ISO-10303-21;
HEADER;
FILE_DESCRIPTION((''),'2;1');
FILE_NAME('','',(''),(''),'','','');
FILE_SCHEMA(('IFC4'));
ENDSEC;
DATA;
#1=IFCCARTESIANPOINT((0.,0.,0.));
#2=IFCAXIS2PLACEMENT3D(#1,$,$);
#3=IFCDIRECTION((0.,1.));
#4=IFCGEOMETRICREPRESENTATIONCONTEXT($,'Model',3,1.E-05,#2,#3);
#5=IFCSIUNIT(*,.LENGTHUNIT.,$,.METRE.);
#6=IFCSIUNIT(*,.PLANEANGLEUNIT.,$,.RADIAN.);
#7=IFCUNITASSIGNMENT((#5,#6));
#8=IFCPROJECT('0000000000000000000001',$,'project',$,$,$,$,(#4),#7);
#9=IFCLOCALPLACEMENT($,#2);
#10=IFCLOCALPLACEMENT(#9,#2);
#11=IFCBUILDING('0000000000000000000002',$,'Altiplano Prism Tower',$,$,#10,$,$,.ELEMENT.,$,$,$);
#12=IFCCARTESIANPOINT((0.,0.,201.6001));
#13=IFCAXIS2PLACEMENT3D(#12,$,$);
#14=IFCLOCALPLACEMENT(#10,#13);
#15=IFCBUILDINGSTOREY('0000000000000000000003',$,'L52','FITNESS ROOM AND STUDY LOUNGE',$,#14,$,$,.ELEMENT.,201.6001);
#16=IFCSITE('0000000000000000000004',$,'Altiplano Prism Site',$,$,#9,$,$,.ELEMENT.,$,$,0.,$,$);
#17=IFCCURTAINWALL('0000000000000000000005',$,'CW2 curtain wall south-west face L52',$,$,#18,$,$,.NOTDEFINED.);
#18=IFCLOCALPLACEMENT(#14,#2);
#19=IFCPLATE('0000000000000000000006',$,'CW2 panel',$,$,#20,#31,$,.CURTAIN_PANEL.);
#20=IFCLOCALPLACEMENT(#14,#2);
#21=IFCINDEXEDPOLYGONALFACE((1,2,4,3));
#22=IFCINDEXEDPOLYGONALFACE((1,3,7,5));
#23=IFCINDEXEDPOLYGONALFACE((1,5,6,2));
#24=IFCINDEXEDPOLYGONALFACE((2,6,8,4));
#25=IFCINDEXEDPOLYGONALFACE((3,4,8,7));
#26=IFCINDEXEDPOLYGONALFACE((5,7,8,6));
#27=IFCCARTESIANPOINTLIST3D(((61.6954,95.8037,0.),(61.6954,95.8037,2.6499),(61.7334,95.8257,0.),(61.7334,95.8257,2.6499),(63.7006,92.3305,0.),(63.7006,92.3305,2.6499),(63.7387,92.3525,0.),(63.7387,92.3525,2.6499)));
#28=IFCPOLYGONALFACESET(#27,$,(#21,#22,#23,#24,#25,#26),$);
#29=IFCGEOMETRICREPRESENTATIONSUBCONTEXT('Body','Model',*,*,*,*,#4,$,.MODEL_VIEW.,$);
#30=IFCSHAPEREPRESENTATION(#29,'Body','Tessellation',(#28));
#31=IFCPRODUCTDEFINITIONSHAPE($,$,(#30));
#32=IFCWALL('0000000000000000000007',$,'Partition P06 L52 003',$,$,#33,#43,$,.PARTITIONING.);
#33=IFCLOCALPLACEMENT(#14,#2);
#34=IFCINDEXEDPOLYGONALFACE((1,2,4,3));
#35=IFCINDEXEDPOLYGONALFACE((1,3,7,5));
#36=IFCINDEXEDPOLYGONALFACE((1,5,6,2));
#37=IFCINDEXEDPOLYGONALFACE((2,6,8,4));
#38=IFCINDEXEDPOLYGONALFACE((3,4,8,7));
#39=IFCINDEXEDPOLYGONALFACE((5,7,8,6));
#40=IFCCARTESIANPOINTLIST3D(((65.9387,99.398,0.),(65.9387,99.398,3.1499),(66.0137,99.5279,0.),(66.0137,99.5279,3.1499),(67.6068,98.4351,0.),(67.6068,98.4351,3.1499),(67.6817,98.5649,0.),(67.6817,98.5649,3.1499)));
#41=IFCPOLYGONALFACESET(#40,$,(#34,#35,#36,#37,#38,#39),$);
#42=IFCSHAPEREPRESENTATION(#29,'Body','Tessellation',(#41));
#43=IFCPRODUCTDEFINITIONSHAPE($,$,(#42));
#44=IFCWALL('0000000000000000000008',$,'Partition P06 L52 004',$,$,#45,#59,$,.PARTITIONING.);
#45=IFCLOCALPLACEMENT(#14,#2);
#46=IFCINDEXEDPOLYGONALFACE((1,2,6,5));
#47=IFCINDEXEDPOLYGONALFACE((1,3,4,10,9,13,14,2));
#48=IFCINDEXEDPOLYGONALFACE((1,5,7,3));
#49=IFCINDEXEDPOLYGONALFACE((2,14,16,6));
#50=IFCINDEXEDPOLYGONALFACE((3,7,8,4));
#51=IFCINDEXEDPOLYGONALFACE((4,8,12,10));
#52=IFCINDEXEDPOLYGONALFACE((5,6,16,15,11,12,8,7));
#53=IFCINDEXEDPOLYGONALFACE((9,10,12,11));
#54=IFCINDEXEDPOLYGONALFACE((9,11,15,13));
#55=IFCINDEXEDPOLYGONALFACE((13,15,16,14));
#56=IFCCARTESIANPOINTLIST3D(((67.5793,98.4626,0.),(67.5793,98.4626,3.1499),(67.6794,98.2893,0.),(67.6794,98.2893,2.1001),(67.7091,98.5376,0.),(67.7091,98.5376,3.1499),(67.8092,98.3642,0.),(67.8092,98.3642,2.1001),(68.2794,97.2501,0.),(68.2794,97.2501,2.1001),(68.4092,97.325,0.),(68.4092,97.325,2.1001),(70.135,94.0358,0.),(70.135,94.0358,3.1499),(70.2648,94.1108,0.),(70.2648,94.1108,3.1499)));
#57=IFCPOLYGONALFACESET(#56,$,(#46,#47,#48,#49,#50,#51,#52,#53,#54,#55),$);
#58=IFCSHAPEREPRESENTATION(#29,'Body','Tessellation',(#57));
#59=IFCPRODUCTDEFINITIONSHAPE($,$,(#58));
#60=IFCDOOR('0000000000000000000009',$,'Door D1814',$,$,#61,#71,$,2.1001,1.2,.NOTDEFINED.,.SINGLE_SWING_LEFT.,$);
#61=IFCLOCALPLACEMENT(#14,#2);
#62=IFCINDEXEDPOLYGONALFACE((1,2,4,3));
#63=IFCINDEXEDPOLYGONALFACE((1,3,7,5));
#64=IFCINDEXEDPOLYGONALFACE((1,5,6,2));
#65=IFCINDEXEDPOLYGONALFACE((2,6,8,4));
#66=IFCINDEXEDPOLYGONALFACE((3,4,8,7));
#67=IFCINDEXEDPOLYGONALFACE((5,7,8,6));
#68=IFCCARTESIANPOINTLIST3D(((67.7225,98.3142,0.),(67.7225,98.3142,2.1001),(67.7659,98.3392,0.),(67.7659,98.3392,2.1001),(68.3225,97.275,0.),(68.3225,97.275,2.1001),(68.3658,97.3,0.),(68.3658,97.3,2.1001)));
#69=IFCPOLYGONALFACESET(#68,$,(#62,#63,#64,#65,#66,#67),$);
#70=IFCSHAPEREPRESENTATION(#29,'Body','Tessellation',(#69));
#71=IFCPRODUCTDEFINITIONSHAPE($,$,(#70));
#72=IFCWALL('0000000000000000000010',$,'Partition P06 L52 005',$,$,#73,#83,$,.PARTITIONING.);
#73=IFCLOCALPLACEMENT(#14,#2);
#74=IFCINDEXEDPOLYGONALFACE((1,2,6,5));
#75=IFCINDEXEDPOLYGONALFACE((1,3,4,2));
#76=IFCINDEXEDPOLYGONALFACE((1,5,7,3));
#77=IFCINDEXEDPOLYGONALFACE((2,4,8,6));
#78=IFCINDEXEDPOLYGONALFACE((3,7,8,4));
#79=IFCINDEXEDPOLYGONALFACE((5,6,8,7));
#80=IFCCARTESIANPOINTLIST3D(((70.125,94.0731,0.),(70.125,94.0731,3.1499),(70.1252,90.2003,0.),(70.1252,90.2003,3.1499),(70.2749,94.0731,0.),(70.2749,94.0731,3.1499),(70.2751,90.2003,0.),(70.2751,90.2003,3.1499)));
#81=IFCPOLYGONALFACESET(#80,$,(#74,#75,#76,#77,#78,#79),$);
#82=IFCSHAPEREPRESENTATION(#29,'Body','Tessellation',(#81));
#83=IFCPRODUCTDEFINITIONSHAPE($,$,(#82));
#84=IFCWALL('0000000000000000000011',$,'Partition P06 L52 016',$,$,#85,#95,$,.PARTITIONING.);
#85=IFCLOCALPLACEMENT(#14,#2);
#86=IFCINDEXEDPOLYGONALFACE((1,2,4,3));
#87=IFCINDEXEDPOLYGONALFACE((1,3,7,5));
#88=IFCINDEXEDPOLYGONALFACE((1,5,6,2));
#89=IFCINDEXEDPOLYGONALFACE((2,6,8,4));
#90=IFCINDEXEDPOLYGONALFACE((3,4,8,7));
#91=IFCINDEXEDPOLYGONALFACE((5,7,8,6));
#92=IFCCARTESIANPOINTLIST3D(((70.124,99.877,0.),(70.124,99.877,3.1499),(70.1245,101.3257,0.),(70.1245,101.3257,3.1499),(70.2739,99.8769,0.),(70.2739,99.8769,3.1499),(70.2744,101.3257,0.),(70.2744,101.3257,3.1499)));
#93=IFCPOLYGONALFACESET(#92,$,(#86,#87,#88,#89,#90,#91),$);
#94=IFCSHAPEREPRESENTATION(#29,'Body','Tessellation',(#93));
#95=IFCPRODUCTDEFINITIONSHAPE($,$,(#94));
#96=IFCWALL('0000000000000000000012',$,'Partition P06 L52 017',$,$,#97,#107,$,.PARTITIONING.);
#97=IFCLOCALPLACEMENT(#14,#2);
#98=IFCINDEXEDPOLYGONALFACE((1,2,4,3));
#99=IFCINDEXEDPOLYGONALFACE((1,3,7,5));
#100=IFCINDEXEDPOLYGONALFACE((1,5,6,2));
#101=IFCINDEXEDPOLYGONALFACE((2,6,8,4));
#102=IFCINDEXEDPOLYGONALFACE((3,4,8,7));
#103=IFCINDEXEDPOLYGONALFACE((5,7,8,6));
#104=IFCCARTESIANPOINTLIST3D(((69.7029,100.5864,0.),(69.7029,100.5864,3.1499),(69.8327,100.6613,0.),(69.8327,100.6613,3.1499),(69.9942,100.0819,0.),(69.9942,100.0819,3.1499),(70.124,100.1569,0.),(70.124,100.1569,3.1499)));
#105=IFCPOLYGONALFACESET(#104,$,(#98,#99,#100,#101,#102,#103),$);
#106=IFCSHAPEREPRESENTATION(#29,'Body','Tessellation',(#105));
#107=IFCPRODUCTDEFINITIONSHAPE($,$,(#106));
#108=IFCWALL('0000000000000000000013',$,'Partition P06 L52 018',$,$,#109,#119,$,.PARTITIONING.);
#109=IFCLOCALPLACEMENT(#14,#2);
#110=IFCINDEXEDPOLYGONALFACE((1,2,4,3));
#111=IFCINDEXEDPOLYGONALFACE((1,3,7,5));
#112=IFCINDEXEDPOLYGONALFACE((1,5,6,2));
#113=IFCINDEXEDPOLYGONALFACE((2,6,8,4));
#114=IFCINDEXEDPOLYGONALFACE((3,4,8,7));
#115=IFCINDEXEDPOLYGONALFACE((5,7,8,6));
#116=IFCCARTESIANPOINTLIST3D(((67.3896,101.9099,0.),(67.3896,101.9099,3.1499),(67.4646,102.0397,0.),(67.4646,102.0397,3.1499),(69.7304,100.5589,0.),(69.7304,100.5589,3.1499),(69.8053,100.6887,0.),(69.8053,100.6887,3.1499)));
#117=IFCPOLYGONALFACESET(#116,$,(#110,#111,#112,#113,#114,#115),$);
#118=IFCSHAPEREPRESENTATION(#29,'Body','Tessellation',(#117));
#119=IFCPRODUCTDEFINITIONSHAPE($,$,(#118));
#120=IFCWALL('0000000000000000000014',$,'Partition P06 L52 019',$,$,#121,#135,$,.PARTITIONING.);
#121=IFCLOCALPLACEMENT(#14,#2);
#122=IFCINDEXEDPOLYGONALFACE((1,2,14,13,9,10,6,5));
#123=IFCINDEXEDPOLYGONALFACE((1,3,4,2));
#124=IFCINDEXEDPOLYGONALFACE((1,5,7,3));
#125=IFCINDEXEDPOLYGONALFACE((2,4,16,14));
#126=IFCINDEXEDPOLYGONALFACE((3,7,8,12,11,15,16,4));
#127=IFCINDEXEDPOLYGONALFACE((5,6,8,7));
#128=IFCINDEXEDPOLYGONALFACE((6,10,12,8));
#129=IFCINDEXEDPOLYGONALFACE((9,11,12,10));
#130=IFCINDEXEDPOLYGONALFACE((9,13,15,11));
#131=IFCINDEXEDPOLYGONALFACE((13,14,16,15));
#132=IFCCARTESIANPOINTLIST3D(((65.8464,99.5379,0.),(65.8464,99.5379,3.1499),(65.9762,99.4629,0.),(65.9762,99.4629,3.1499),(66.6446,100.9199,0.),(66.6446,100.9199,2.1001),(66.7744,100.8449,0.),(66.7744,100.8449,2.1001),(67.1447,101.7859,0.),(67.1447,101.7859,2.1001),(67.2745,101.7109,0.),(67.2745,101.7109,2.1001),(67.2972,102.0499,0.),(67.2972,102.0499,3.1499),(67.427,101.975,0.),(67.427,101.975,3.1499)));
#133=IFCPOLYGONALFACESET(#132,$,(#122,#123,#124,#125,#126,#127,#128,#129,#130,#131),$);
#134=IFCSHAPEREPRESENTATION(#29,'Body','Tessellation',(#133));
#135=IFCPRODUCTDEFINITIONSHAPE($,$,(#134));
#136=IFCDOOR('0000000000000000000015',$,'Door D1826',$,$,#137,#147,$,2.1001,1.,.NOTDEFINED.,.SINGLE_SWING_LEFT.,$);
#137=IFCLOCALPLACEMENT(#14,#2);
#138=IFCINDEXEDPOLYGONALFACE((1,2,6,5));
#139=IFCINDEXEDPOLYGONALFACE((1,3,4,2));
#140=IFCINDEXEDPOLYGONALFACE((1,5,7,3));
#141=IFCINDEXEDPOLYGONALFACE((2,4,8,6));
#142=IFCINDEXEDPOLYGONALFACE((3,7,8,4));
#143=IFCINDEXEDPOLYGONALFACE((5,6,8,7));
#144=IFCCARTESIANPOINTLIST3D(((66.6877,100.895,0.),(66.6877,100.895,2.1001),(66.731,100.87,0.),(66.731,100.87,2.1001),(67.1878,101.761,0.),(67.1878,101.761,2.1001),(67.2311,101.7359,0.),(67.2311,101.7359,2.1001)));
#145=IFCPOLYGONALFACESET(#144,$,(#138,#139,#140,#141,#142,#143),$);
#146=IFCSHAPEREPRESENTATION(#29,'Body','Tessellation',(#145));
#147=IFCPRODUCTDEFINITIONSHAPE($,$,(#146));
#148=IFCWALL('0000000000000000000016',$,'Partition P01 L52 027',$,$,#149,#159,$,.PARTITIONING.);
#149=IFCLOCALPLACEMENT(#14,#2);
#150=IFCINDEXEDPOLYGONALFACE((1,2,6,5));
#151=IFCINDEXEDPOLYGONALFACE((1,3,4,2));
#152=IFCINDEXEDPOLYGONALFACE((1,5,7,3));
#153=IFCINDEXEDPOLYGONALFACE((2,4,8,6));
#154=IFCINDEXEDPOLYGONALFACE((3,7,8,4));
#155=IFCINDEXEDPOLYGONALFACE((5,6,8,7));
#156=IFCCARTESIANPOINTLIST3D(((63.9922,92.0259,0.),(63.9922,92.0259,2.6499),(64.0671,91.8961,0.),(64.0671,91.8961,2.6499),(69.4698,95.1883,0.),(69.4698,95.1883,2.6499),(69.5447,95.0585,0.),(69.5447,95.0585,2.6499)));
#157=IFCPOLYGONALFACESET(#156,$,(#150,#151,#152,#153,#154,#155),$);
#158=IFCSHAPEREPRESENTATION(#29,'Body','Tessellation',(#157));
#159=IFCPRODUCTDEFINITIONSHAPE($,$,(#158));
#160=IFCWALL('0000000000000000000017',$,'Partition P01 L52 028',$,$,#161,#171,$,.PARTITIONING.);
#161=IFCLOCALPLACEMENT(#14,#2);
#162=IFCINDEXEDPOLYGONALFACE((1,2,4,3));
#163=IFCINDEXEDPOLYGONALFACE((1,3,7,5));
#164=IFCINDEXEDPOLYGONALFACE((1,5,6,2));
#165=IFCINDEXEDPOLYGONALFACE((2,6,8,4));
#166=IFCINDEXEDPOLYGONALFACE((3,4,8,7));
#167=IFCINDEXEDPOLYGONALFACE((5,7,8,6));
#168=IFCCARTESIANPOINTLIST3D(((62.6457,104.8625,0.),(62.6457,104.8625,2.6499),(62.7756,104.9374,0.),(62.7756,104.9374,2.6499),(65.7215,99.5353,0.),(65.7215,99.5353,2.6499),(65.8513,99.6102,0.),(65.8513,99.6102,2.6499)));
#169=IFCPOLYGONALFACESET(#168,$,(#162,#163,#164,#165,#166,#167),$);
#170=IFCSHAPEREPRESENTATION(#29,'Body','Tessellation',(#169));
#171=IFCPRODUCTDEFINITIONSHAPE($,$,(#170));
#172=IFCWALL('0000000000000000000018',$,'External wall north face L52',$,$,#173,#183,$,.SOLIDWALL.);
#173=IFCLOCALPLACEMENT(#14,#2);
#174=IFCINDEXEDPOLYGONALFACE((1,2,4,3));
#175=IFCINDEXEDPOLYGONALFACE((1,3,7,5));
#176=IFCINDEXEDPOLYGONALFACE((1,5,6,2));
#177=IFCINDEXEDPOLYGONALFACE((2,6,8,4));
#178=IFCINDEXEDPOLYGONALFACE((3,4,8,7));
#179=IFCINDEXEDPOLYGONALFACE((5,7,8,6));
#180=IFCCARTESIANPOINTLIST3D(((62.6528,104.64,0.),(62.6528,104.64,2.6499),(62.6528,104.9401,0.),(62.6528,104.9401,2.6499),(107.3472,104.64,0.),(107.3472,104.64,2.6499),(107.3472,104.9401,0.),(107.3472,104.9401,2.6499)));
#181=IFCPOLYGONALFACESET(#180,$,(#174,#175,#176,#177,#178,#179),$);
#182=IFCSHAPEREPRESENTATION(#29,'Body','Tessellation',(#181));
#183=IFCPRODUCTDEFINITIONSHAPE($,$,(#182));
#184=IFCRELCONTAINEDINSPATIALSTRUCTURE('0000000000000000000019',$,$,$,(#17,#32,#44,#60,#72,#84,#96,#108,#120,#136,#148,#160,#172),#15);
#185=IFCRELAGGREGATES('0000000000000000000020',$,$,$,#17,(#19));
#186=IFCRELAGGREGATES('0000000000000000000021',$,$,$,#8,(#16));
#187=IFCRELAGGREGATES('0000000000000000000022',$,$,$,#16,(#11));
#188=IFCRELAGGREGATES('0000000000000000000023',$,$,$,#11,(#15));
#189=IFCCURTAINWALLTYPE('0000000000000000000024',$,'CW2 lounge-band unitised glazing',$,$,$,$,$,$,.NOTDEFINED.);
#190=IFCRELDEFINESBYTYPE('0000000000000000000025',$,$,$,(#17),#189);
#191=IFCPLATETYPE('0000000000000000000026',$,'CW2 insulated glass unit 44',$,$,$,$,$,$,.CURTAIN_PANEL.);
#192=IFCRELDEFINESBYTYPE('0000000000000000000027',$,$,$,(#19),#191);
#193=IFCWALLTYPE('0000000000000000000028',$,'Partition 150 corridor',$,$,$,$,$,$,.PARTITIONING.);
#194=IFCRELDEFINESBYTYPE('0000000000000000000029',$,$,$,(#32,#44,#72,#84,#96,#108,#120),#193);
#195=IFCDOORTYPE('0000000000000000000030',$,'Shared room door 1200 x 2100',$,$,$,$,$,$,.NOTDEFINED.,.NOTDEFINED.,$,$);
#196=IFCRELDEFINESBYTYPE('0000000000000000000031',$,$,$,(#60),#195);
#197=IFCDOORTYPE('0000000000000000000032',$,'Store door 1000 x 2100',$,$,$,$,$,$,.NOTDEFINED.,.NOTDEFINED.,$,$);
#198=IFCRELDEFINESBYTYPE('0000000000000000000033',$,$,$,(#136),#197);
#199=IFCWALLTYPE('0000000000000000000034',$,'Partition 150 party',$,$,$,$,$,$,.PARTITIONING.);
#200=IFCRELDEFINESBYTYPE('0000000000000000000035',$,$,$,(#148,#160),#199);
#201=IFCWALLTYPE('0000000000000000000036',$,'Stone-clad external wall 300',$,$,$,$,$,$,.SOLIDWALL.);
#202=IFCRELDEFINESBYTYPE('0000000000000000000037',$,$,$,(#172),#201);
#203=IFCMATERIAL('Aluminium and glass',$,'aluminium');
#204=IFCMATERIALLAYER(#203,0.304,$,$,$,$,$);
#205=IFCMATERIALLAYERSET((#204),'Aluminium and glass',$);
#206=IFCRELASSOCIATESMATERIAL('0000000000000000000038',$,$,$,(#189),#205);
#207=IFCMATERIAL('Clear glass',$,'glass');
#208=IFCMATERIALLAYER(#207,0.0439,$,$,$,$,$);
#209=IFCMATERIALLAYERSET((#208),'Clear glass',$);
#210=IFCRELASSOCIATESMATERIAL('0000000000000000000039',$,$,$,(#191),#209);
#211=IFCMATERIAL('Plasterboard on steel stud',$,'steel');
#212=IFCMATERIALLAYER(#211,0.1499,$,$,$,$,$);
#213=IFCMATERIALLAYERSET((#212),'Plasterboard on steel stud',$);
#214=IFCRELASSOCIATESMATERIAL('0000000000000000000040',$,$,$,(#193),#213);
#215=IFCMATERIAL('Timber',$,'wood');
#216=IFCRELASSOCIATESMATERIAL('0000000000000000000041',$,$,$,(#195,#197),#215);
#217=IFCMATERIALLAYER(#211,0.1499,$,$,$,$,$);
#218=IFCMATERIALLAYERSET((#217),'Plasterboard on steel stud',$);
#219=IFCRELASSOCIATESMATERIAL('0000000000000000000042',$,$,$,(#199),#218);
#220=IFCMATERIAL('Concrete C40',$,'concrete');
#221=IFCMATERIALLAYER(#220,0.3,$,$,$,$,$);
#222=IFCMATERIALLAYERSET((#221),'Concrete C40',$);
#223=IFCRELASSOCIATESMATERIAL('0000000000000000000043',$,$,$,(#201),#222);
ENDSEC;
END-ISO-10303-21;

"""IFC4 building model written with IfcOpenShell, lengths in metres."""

from ifc_helpers import new_model, si_unit, direction, frame, frame_2d, origin, origin_2d, place, context, subcontext, project, spatial, rectangle, extrude, material, layer, layer_set, type_object, element, fill, aggregate, save


model = new_model("IFC4")

# Units and contexts
model_context = context("Model", 3, precision=1e-05, world=origin(), true_north=direction((0.0, 1.0)))
body_context = subcontext(model_context, "Body", "Model", "MODEL_VIEW")
ifc_project = project(units=[si_unit("LENGTHUNIT", "METRE"), si_unit("PLANEANGLEUNIT", "RADIAN")], contexts=[model_context])

# Site, building, storey
site_placement = place(None, origin())
site = spatial("IfcSite", under=ifc_project, at=site_placement, Name="Altiplano Prism Site", CompositionType="ELEMENT", RefElevation=0.0)
building_placement = place(site_placement, origin())
building = spatial("IfcBuilding", under=site, at=building_placement, Name="Altiplano Prism Tower", CompositionType="ELEMENT")
storey_placement = place(building_placement, frame((0.0, 0.0, 201.6001)))
storey = spatial("IfcBuildingStorey", under=building, at=storey_placement, Name="L52", Description="FITNESS ROOM AND STUDY LOUNGE", CompositionType="ELEMENT", Elevation=201.6001)

# Curtain wall
ifc_material_1 = material(Name="Aluminium and glass", Category="aluminium")
ifc_layer_1 = layer(ifc_material_1, 0.304)
ifc_layer_set_1 = layer_set([ifc_layer_1], Name="Aluminium and glass")
curtain_wall_type = type_object("IfcCurtainWallType", Name="CW2 lounge-band unitised glazing", PredefinedType="NOTDEFINED", material=ifc_layer_set_1)
curtain_wall_1_placement = place(storey_placement, origin())
curtain_wall_1 = element("IfcCurtainWall", 1, at=curtain_wall_1_placement, inside=storey, type_object=curtain_wall_type, Name="CW2 curtain wall south-west face L52", PredefinedType="NOTDEFINED")

# Plate
ifc_material_2 = material(Name="Clear glass", Category="glass")
ifc_layer_2 = layer(ifc_material_2, 0.0439)
ifc_layer_set_2 = layer_set([ifc_layer_2], Name="Clear glass")
plate_type = type_object("IfcPlateType", Name="CW2 insulated glass unit 44", PredefinedType="CURTAIN_PANEL", material=ifc_layer_set_2)
plate_1_placement = place(storey_placement, frame((62.717, 94.0781, 0.0), z_axis=(0.0, 0.0, 1.0), x_axis=(0.5, -0.866025, 0.0)))
plate_1 = element("IfcPlate", 2, at=plate_1_placement, type_object=plate_type, Name="CW2 panel", PredefinedType="CURTAIN_PANEL", context=body_context, shape_type="SweptSolid", body=[
    extrude(rectangle(XDim=4.0105, YDim=0.0439, at=origin_2d()), origin(), (0.0, 0.0, 1.0), 2.6499),
])
aggregate(curtain_wall_1, [plate_1])

# Wall
ifc_material_3 = material(Name="Plasterboard on steel stud", Category="steel")
ifc_layer_3 = layer(ifc_material_3, 0.1499)
ifc_layer_set_3 = layer_set([ifc_layer_3], Name="Plasterboard on steel stud")
wall_type_1 = type_object("IfcWallType", Name="Partition 150 corridor", PredefinedType="PARTITIONING", material=ifc_layer_set_3)
wall_1_placement = place(storey_placement, frame((65.9763, 99.4629, 0.0), z_axis=(0.0, 0.0, 1.0), x_axis=(0.86605, -0.499957, 0.0)))
element("IfcWall", 3, at=wall_1_placement, inside=storey, type_object=wall_type_1, Name="Partition P06 L52 003", PredefinedType="PARTITIONING", context=body_context, shape_type="SweptSolid", body=[
    extrude(rectangle(XDim=1.926, YDim=0.1499, at=frame_2d((0.9629, 0.0))), origin(), (0.0, 0.0, 1.0), 3.1499),
])

# Wall, opening, door
wall_2_placement = place(storey_placement, frame((67.6443, 98.5, 0.0), z_axis=(0.0, 0.0, 1.0), x_axis=(0.499982, -0.866036, 0.0)))
wall_2 = element("IfcWall", 4, at=wall_2_placement, inside=storey, type_object=wall_type_1, Name="Partition P06 L52 004", PredefinedType="PARTITIONING", context=body_context, shape_type="SweptSolid", body=[
    extrude(rectangle(XDim=5.1116, YDim=0.1499, at=frame_2d((2.5557, 0.0))), origin(), (0.0, 0.0, 1.0), 3.1499),
])
opening_1_placement = place(wall_2_placement, frame((0.2, 0.0, 0.0)))
opening_1 = element("IfcOpeningElement", 5, at=opening_1_placement, cuts=wall_2, PredefinedType="OPENING", context=body_context, shape_type="SweptSolid", body=[
    extrude(rectangle(XDim=1.2, YDim=2.1001, at=frame_2d((0.6001, 1.05))), frame((0.0, 0.0854, 0.0), z_axis=(0.0, -1.0, 0.0), x_axis=(1.0, 0.0, 0.0)), (0.0, 0.0, 1.0), 0.1709),
])
ifc_material_4 = material(Name="Timber", Category="wood")
door_type_1 = type_object("IfcDoorType", Name="Shared room door 1200 x 2100", OperationType="NOTDEFINED", PredefinedType="NOTDEFINED", material=ifc_material_4)
door_1_placement = place(opening_1_placement, origin())
door_1 = element("IfcDoor", 6, at=door_1_placement, inside=storey, type_object=door_type_1, Name="Door D1814", OperationType="SINGLE_SWING_LEFT", OverallHeight=2.1001, OverallWidth=1.2, PredefinedType="NOTDEFINED", context=body_context, shape_type="SweptSolid", body=[
    extrude(rectangle(XDim=1.2, YDim=2.1001, at=frame_2d((0.6001, 1.05))), frame((0.0, 0.0249, 0.0), z_axis=(0.0, -1.0, 0.0), x_axis=(1.0, 0.0, 0.0)), (0.0, 0.0, 1.0), 0.05),
])
fill(opening_1, door_1)

# Walls
wall_3_placement = place(storey_placement, frame((70.2, 94.0732, 0.0), z_axis=(0.0, 0.0, 1.0), x_axis=(0.000063, -1.0, 0.0)))
element("IfcWall", 7, at=wall_3_placement, inside=storey, type_object=wall_type_1, Name="Partition P06 L52 005", PredefinedType="PARTITIONING", context=body_context, shape_type="SweptSolid", body=[
    extrude(rectangle(XDim=3.8728, YDim=0.1499, at=frame_2d((1.9365, 0.0))), origin(), (0.0, 0.0, 1.0), 3.1499),
])
wall_4_placement = place(storey_placement, frame((70.1995, 101.3257, 0.0), z_axis=(0.0, 0.0, 1.0), x_axis=(-0.000337, -1.0, 0.0)))
element("IfcWall", 8, at=wall_4_placement, inside=storey, type_object=wall_type_1, Name="Partition P06 L52 016", PredefinedType="PARTITIONING", context=body_context, shape_type="SweptSolid", body=[
    extrude(rectangle(XDim=1.4487, YDim=0.1499, at=frame_2d((0.7244, 0.0))), origin(), (0.0, 0.0, 1.0), 3.1499),
])
wall_5_placement = place(storey_placement, frame((70.0591, 100.1194, 0.0), z_axis=(0.0, 0.0, 1.0), x_axis=(-0.500061, 0.86599, 0.0)))
element("IfcWall", 9, at=wall_5_placement, inside=storey, type_object=wall_type_1, Name="Partition P06 L52 017", PredefinedType="PARTITIONING", context=body_context, shape_type="SweptSolid", body=[
    extrude(rectangle(XDim=0.5825, YDim=0.1499, at=frame_2d((0.2913, 0.0))), origin(), (0.0, 0.0, 1.0), 3.1499),
])
wall_6_placement = place(storey_placement, frame((69.7678, 100.6238, 0.0), z_axis=(0.0, 0.0, 1.0), x_axis=(-0.866089, 0.499889, 0.0)))
element("IfcWall", 10, at=wall_6_placement, inside=storey, type_object=wall_type_1, Name="Partition P06 L52 018", PredefinedType="PARTITIONING", context=body_context, shape_type="SweptSolid", body=[
    extrude(rectangle(XDim=2.7026, YDim=0.1499, at=frame_2d((1.3513, 0.0))), origin(), (0.0, 0.0, 1.0), 3.1499),
])

# Wall, opening, door
wall_7_placement = place(storey_placement, frame((67.3621, 102.0125, 0.0), z_axis=(0.0, 0.0, 1.0), x_axis=(-0.500104, -0.865966, 0.0)))
wall_7 = element("IfcWall", 11, at=wall_7_placement, inside=storey, type_object=wall_type_1, Name="Partition P06 L52 019", PredefinedType="PARTITIONING", context=body_context, shape_type="SweptSolid", body=[
    extrude(rectangle(XDim=2.9009, YDim=0.1499, at=frame_2d((1.4504, 0.0))), origin(), (0.0, 0.0, 1.0), 3.1499),
])
opening_2_placement = place(wall_7_placement, frame((0.3049, 0.0, 0.0)))
opening_2 = element("IfcOpeningElement", 12, at=opening_2_placement, cuts=wall_7, PredefinedType="OPENING", context=body_context, shape_type="SweptSolid", body=[
    extrude(rectangle(XDim=1.0, YDim=2.1001, at=frame_2d((0.5, 1.05))), frame((0.0, 0.0854, 0.0), z_axis=(0.0, -1.0, 0.0), x_axis=(1.0, 0.0, 0.0)), (0.0, 0.0, 1.0), 0.1709),
])
door_type_2 = type_object("IfcDoorType", Name="Store door 1000 x 2100", OperationType="NOTDEFINED", PredefinedType="NOTDEFINED", material=ifc_material_4)
door_2_placement = place(opening_2_placement, origin())
door_2 = element("IfcDoor", 13, at=door_2_placement, inside=storey, type_object=door_type_2, Name="Door D1826", OperationType="SINGLE_SWING_LEFT", OverallHeight=2.1001, OverallWidth=1.0, PredefinedType="NOTDEFINED", context=body_context, shape_type="SweptSolid", body=[
    extrude(rectangle(XDim=1.0, YDim=2.1001, at=frame_2d((0.5, 1.05))), frame((0.0, 0.0249, 0.0), z_axis=(0.0, -1.0, 0.0), x_axis=(1.0, 0.0, 0.0)), (0.0, 0.0, 1.0), 0.05),
])
fill(opening_2, door_2)

# Walls
ifc_layer_4 = layer(ifc_material_3, 0.1499)
ifc_layer_set_4 = layer_set([ifc_layer_4], Name="Plasterboard on steel stud")
wall_type_2 = type_object("IfcWallType", Name="Partition 150 party", PredefinedType="PARTITIONING", material=ifc_layer_set_4)
wall_8_placement = place(storey_placement, frame((64.0295, 91.9609, 0.0), z_axis=(0.0, 0.0, 1.0), x_axis=(0.866033, 0.499988, 0.0)))
element("IfcWall", 14, at=wall_8_placement, inside=storey, type_object=wall_type_2, Name="Partition P01 L52 027", PredefinedType="PARTITIONING", context=body_context, shape_type="SweptSolid", body=[
    extrude(rectangle(XDim=6.325, YDim=0.1499, at=frame_2d((3.1626, 0.0))), origin(), (0.0, 0.0, 1.0), 2.6499),
])
wall_9_placement = place(storey_placement, frame((65.7864, 99.5728, 0.0), z_axis=(0.0, 0.0, 1.0), x_axis=(-0.500006, 0.866022, 0.0)))
element("IfcWall", 15, at=wall_9_placement, inside=storey, type_object=wall_type_2, Name="Partition P01 L52 028", PredefinedType="PARTITIONING", context=body_context, shape_type="SweptSolid", body=[
    extrude(rectangle(XDim=6.1514, YDim=0.1499, at=frame_2d((3.0757, 0.0))), origin(), (0.0, 0.0, 1.0), 2.6499),
])
ifc_material_5 = material(Name="Concrete C40", Category="concrete")
ifc_layer_5 = layer(ifc_material_5, 0.3)
ifc_layer_set_5 = layer_set([ifc_layer_5], Name="Concrete C40")
wall_type_3 = type_object("IfcWallType", Name="Stone-clad external wall 300", PredefinedType="SOLIDWALL", material=ifc_layer_set_5)
wall_10_placement = place(storey_placement, frame((62.6528, 104.79, 0.0), z_axis=(0.0, 0.0, 1.0), x_axis=(1.0, 0.0, 0.0)))
element("IfcWall", 16, at=wall_10_placement, inside=storey, type_object=wall_type_3, Name="External wall north face L52", PredefinedType="SOLIDWALL", context=body_context, shape_type="SweptSolid", body=[
    extrude(rectangle(XDim=44.6943, YDim=0.3, at=frame_2d((22.3472, 0.0))), origin(), (0.0, 0.0, 1.0), 2.6499),
])

save(model, "model.ifc")
